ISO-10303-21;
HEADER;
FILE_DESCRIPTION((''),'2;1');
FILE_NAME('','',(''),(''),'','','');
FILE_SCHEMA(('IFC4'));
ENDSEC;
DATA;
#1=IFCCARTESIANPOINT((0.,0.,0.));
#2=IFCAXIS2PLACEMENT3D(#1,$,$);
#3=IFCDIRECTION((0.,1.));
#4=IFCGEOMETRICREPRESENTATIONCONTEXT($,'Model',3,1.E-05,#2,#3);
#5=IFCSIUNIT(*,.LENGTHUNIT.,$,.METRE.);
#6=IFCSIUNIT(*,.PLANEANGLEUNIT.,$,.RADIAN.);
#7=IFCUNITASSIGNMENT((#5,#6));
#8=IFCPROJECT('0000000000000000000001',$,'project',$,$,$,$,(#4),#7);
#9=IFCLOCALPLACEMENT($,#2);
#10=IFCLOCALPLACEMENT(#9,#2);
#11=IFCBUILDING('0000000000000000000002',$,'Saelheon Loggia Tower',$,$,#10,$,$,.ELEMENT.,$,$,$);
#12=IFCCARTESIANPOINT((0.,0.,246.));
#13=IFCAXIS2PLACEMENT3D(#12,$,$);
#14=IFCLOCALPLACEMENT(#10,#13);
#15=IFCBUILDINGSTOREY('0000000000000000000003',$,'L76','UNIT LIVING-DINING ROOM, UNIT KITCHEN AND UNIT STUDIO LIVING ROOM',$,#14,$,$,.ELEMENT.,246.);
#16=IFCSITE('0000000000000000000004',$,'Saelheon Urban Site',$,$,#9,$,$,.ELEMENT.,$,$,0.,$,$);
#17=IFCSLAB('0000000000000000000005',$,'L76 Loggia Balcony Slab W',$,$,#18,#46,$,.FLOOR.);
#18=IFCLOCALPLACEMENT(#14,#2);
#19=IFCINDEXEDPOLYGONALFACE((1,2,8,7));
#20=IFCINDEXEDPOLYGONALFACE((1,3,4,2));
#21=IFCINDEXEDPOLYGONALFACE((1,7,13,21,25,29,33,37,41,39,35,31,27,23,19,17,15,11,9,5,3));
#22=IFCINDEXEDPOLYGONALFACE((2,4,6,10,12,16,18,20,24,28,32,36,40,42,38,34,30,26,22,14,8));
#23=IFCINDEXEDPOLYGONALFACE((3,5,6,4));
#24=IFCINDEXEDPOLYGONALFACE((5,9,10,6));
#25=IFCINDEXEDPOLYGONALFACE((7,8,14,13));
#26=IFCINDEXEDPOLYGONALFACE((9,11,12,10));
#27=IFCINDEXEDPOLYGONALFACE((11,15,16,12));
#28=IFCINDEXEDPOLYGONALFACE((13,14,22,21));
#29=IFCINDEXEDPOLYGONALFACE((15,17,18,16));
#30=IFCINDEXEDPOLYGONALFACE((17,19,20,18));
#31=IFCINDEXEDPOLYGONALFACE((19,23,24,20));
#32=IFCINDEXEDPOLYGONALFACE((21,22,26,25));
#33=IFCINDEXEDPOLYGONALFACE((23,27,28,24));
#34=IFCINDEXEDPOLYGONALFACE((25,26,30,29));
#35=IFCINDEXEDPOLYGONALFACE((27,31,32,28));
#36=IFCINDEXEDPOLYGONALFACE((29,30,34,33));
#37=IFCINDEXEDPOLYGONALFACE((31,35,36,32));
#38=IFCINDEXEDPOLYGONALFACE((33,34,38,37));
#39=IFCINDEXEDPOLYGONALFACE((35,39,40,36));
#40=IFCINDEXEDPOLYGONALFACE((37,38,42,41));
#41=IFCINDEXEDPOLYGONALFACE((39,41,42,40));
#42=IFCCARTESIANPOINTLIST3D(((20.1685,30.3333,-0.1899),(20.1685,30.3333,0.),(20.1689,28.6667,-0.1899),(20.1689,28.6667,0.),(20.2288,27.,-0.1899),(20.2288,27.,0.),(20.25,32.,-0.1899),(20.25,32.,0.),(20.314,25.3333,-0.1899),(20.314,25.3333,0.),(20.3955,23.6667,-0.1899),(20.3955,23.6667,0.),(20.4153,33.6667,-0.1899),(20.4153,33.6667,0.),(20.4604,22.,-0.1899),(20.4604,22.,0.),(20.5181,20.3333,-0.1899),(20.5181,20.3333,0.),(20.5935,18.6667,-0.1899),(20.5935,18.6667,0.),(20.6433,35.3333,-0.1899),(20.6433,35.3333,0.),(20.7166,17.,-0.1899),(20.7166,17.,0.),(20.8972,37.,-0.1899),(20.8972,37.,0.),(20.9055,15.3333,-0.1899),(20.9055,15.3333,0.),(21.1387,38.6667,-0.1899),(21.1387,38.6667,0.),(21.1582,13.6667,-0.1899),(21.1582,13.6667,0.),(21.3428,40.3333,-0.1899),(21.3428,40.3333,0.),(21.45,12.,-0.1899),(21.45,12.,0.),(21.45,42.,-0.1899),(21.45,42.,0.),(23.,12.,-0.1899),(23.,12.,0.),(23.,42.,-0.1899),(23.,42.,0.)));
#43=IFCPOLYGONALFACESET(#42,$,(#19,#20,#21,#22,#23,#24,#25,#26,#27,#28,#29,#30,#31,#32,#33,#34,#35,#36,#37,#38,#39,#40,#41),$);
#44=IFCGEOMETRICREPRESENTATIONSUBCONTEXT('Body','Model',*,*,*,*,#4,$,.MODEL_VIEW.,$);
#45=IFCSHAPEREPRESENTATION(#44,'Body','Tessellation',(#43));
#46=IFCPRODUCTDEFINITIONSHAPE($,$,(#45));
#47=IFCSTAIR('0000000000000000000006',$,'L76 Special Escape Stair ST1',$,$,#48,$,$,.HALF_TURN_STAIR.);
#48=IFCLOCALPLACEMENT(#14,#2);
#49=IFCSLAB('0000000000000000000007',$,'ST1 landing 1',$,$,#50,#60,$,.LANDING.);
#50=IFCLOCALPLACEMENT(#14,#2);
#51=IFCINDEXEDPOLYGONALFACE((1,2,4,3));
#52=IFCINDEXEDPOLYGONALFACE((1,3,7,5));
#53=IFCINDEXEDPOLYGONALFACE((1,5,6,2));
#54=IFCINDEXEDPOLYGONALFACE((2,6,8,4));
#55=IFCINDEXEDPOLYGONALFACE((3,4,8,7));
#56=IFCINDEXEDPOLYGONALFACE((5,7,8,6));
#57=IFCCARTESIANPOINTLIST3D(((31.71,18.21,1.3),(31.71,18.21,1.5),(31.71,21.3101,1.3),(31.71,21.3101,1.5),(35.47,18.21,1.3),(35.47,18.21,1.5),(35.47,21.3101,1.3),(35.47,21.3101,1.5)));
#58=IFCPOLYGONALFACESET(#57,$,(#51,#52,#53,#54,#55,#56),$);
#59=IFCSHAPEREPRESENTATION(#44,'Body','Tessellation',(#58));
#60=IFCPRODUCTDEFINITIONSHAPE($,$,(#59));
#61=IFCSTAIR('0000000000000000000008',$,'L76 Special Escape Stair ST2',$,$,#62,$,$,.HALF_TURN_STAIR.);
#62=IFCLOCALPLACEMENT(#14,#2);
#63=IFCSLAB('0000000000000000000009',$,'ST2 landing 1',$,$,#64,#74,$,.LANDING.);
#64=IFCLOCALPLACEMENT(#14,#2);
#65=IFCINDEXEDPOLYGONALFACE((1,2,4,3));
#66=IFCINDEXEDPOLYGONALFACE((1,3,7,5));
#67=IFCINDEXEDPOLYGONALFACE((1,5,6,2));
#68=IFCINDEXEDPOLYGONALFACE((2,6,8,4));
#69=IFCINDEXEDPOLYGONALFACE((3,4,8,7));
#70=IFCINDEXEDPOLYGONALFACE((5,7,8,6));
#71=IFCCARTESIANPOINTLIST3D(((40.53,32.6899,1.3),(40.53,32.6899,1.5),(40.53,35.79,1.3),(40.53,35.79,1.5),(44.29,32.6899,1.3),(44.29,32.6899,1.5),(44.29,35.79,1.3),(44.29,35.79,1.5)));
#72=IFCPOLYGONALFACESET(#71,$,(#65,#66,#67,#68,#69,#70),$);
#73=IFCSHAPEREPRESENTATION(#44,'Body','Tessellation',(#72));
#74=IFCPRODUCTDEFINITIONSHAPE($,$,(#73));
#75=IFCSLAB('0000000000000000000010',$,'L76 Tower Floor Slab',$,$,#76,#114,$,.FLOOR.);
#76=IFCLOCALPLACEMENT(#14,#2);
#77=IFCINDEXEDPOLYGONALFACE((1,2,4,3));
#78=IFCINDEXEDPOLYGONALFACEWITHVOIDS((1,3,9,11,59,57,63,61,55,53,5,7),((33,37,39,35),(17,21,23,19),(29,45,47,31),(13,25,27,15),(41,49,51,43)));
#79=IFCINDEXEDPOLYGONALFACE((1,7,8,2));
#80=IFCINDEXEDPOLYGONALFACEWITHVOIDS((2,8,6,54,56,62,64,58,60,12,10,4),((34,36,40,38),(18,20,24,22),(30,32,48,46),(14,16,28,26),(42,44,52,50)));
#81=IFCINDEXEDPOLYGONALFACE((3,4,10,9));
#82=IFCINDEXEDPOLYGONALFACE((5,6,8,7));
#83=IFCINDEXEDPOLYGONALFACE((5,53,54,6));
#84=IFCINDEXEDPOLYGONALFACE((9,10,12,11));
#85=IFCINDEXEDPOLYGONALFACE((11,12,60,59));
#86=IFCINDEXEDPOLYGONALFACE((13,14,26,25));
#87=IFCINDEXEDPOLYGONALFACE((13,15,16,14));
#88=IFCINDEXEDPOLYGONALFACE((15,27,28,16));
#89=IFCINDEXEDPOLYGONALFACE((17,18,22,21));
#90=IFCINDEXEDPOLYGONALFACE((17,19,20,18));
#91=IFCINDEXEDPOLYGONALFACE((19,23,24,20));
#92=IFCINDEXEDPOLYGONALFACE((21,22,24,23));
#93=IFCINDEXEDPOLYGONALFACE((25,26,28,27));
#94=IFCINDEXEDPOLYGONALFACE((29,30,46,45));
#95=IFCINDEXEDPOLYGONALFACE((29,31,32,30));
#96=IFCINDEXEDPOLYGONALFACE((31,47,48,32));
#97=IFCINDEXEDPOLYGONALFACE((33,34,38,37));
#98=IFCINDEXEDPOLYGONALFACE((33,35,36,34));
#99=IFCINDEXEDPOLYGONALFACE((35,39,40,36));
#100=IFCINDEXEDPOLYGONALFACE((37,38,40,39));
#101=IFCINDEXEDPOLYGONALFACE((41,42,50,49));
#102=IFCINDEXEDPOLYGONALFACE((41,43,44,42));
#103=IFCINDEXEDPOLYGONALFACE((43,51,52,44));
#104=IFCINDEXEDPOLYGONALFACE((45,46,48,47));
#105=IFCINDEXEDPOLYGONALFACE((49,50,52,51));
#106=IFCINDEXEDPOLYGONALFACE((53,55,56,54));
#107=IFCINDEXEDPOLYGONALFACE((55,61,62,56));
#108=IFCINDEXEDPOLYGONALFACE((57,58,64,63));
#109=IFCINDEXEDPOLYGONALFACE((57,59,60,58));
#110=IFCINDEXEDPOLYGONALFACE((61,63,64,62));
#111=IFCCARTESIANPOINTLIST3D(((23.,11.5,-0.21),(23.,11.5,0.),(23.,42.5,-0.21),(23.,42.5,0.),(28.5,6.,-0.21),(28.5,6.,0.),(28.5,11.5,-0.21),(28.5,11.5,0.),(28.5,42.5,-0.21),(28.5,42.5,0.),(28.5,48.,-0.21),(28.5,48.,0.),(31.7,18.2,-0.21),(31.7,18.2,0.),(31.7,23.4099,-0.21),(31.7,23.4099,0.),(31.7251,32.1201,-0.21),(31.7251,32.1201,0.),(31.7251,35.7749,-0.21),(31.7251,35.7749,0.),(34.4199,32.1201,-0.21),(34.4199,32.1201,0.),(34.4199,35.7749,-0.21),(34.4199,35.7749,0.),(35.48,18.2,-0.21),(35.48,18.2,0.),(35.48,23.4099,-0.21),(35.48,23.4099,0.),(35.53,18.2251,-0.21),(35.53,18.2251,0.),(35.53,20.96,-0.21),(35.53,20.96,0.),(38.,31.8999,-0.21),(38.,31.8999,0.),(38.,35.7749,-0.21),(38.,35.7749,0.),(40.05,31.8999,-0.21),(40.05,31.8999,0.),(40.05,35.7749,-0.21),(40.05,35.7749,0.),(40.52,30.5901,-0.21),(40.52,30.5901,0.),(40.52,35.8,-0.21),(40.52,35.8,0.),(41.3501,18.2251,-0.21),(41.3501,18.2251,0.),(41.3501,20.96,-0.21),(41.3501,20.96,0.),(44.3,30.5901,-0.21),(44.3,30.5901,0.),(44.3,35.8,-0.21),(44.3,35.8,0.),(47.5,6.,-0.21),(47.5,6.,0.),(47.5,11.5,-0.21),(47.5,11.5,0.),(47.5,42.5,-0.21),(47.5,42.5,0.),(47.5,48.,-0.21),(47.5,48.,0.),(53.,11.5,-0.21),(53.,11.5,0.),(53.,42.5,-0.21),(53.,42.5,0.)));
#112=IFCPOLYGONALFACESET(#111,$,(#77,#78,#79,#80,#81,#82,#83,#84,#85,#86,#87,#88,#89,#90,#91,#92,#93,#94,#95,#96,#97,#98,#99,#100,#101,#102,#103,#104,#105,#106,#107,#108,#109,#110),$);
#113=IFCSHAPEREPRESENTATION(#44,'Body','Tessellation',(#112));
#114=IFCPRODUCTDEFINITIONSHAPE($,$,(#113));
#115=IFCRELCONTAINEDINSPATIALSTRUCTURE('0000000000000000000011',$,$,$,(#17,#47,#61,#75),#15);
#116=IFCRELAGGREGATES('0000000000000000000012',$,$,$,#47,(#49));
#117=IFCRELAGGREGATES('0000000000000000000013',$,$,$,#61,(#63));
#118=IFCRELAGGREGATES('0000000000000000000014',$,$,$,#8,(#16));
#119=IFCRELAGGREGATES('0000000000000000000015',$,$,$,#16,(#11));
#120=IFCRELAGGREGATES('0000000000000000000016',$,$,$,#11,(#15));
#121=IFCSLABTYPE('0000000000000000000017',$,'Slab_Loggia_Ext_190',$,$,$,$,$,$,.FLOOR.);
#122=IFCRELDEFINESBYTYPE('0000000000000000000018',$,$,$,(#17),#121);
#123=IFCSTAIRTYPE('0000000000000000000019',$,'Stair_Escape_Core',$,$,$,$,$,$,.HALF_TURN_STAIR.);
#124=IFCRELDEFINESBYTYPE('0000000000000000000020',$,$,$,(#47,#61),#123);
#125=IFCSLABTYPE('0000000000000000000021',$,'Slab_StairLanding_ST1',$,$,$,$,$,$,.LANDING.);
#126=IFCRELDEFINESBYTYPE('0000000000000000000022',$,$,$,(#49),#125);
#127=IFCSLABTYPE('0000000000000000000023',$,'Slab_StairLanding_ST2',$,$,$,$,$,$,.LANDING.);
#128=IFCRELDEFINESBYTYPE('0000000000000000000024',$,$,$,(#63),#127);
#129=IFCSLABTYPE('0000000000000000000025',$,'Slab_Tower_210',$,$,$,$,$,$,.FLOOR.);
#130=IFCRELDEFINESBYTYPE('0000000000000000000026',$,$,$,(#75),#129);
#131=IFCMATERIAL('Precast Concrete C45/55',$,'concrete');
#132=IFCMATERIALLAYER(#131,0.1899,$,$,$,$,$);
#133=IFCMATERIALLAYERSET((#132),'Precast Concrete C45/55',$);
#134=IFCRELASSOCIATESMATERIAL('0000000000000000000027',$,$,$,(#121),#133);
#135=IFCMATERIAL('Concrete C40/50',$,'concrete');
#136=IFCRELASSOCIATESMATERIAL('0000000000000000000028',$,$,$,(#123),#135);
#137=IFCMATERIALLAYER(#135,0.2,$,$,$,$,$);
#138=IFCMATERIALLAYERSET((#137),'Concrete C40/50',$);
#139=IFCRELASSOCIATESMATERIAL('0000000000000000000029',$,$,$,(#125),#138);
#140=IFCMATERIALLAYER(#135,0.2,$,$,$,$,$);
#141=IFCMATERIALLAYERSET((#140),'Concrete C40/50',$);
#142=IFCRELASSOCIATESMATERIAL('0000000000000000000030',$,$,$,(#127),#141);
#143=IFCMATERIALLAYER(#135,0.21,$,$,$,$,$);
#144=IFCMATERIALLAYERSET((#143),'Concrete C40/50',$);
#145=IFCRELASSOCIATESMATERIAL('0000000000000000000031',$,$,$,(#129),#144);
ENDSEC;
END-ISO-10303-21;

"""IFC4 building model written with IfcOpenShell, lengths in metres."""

from ifc_helpers import new_model, si_unit, direction, frame, origin, place, context, subcontext, project, spatial, polyline, outline, extrude, material, layer, layer_set, type_object, element, aggregate, save


model = new_model("IFC4")

# Units and contexts
model_context = context("Model", 3, precision=1e-05, world=origin(), true_north=direction((0.0, 1.0)))
body_context = subcontext(model_context, "Body", "Model", "MODEL_VIEW")
ifc_project = project(units=[si_unit("LENGTHUNIT", "METRE"), si_unit("PLANEANGLEUNIT", "RADIAN")], contexts=[model_context])

# Site, building, storey
site_placement = place(None, origin())
site = spatial("IfcSite", under=ifc_project, at=site_placement, Name="Saelheon Urban Site", CompositionType="ELEMENT", RefElevation=0.0)
building_placement = place(site_placement, origin())
building = spatial("IfcBuilding", under=site, at=building_placement, Name="Saelheon Loggia Tower", CompositionType="ELEMENT")
storey_placement = place(building_placement, frame((0.0, 0.0, 246.0)))
storey = spatial("IfcBuildingStorey", under=building, at=storey_placement, Name="L76", Description="UNIT LIVING-DINING ROOM, UNIT KITCHEN AND UNIT STUDIO LIVING ROOM", CompositionType="ELEMENT", Elevation=246.0)

# Shared definitions
ifc_material_1 = material(Name="Precast Concrete C45/55", Category="concrete")

# Shared definitions
ifc_material_2 = material(Name="Concrete C40/50", Category="concrete")

# Slab
ifc_layer_1 = layer(ifc_material_1, 0.1899)
ifc_layer_set_1 = layer_set([ifc_layer_1], Name="Precast Concrete C45/55")
slab_type_1 = type_object("IfcSlabType", Name="Slab_Loggia_Ext_190", PredefinedType="FLOOR", material=ifc_layer_set_1)
slab_1_placement = place(storey_placement, frame((0.0, 0.0, -0.1899)))
element("IfcSlab", 1, at=slab_1_placement, inside=storey, type_object=slab_type_1, Name="L76 Loggia Balcony Slab W", PredefinedType="FLOOR", context=body_context, shape_type="SweptSolid", body=[
    extrude(outline(polyline([(23.0, 12.0), (23.0, 42.0), (21.45, 42.0), (21.3428, 40.3333), (21.1387, 38.6667), (20.8972, 37.0), (20.6433, 35.3333), (20.4153, 33.6667), (20.25, 32.0), (20.1685, 30.3333), (20.1689, 28.6667), (20.2288, 27.0), (20.314, 25.3333), (20.3955, 23.6667), (20.4604, 22.0), (20.5181, 20.3333), (20.5935, 18.6667), (20.7166, 17.0), (20.9055, 15.3333), (21.1582, 13.6667), (21.45, 12.0), (23.0, 12.0)])), origin(), (0.0, 0.0, 1.0), 0.1899),
])

# Stairs, slabs
stair_type = type_object("IfcStairType", Name="Stair_Escape_Core", PredefinedType="HALF_TURN_STAIR", material=ifc_material_2)
stair_1_placement = place(storey_placement, origin())
stair_1 = element("IfcStair", 2, at=stair_1_placement, inside=storey, type_object=stair_type, Name="L76 Special Escape Stair ST1", PredefinedType="HALF_TURN_STAIR")
ifc_layer_2 = layer(ifc_material_2, 0.2)
ifc_layer_set_2 = layer_set([ifc_layer_2], Name="Concrete C40/50")
slab_type_2 = type_object("IfcSlabType", Name="Slab_StairLanding_ST1", PredefinedType="LANDING", material=ifc_layer_set_2)
slab_2_placement = place(storey_placement, frame((0.0, 0.0, 1.3)))
slab_2 = element("IfcSlab", 3, at=slab_2_placement, type_object=slab_type_2, Name="ST1 landing 1", PredefinedType="LANDING", context=body_context, shape_type="SweptSolid", body=[
    extrude(outline(polyline([(31.71, 21.3101), (31.71, 18.21), (35.47, 18.21), (35.47, 21.3101), (31.71, 21.3101)])), origin(), (0.0, 0.0, 1.0), 0.2),
])
aggregate(stair_1, [slab_2])
stair_2_placement = place(storey_placement, origin())
stair_2 = element("IfcStair", 4, at=stair_2_placement, inside=storey, type_object=stair_type, Name="L76 Special Escape Stair ST2", PredefinedType="HALF_TURN_STAIR")
ifc_layer_3 = layer(ifc_material_2, 0.2)
ifc_layer_set_3 = layer_set([ifc_layer_3], Name="Concrete C40/50")
slab_type_3 = type_object("IfcSlabType", Name="Slab_StairLanding_ST2", PredefinedType="LANDING", material=ifc_layer_set_3)
slab_3_placement = place(storey_placement, frame((0.0, 0.0, 1.3)))
slab_3 = element("IfcSlab", 5, at=slab_3_placement, type_object=slab_type_3, Name="ST2 landing 1", PredefinedType="LANDING", context=body_context, shape_type="SweptSolid", body=[
    extrude(outline(polyline([(44.29, 32.6899), (44.29, 35.79), (40.53, 35.79), (40.53, 32.6899), (44.29, 32.6899)])), origin(), (0.0, 0.0, 1.0), 0.2),
])
aggregate(stair_2, [slab_3])

# Slab
ifc_layer_4 = layer(ifc_material_2, 0.21)
ifc_layer_set_4 = layer_set([ifc_layer_4], Name="Concrete C40/50")
slab_type_4 = type_object("IfcSlabType", Name="Slab_Tower_210", PredefinedType="FLOOR", material=ifc_layer_set_4)
slab_4_placement = place(storey_placement, frame((0.0, 0.0, -0.21)))
element("IfcSlab", 6, at=slab_4_placement, inside=storey, type_object=slab_type_4, Name="L76 Tower Floor Slab", PredefinedType="FLOOR", context=body_context, shape_type="SweptSolid", body=[
    extrude(outline(polyline([(28.5, 6.0), (47.5, 6.0), (47.5, 11.5), (53.0, 11.5), (53.0, 42.5), (47.5, 42.5), (47.5, 48.0), (28.5, 48.0), (28.5, 42.5), (23.0, 42.5), (23.0, 11.5), (28.5, 11.5), (28.5, 6.0)]), holes=[polyline([(31.7, 23.4099), (31.7, 18.2), (35.48, 18.2), (35.48, 23.4099), (31.7, 23.4099)]), polyline([(44.3, 30.5901), (44.3, 35.8), (40.52, 35.8), (40.52, 30.5901), (44.3, 30.5901)]), polyline([(35.53, 18.2251), (41.3501, 18.2251), (41.3501, 20.96), (35.53, 20.96), (35.53, 18.2251)]), polyline([(31.7251, 32.1201), (34.4199, 32.1201), (34.4199, 35.7749), (31.7251, 35.7749), (31.7251, 32.1201)]), polyline([(38.0, 31.8999), (40.05, 31.8999), (40.05, 35.7749), (38.0, 35.7749), (38.0, 31.8999)])]), origin(), (0.0, 0.0, 1.0), 0.21),
])

save(model, "model.ifc")
